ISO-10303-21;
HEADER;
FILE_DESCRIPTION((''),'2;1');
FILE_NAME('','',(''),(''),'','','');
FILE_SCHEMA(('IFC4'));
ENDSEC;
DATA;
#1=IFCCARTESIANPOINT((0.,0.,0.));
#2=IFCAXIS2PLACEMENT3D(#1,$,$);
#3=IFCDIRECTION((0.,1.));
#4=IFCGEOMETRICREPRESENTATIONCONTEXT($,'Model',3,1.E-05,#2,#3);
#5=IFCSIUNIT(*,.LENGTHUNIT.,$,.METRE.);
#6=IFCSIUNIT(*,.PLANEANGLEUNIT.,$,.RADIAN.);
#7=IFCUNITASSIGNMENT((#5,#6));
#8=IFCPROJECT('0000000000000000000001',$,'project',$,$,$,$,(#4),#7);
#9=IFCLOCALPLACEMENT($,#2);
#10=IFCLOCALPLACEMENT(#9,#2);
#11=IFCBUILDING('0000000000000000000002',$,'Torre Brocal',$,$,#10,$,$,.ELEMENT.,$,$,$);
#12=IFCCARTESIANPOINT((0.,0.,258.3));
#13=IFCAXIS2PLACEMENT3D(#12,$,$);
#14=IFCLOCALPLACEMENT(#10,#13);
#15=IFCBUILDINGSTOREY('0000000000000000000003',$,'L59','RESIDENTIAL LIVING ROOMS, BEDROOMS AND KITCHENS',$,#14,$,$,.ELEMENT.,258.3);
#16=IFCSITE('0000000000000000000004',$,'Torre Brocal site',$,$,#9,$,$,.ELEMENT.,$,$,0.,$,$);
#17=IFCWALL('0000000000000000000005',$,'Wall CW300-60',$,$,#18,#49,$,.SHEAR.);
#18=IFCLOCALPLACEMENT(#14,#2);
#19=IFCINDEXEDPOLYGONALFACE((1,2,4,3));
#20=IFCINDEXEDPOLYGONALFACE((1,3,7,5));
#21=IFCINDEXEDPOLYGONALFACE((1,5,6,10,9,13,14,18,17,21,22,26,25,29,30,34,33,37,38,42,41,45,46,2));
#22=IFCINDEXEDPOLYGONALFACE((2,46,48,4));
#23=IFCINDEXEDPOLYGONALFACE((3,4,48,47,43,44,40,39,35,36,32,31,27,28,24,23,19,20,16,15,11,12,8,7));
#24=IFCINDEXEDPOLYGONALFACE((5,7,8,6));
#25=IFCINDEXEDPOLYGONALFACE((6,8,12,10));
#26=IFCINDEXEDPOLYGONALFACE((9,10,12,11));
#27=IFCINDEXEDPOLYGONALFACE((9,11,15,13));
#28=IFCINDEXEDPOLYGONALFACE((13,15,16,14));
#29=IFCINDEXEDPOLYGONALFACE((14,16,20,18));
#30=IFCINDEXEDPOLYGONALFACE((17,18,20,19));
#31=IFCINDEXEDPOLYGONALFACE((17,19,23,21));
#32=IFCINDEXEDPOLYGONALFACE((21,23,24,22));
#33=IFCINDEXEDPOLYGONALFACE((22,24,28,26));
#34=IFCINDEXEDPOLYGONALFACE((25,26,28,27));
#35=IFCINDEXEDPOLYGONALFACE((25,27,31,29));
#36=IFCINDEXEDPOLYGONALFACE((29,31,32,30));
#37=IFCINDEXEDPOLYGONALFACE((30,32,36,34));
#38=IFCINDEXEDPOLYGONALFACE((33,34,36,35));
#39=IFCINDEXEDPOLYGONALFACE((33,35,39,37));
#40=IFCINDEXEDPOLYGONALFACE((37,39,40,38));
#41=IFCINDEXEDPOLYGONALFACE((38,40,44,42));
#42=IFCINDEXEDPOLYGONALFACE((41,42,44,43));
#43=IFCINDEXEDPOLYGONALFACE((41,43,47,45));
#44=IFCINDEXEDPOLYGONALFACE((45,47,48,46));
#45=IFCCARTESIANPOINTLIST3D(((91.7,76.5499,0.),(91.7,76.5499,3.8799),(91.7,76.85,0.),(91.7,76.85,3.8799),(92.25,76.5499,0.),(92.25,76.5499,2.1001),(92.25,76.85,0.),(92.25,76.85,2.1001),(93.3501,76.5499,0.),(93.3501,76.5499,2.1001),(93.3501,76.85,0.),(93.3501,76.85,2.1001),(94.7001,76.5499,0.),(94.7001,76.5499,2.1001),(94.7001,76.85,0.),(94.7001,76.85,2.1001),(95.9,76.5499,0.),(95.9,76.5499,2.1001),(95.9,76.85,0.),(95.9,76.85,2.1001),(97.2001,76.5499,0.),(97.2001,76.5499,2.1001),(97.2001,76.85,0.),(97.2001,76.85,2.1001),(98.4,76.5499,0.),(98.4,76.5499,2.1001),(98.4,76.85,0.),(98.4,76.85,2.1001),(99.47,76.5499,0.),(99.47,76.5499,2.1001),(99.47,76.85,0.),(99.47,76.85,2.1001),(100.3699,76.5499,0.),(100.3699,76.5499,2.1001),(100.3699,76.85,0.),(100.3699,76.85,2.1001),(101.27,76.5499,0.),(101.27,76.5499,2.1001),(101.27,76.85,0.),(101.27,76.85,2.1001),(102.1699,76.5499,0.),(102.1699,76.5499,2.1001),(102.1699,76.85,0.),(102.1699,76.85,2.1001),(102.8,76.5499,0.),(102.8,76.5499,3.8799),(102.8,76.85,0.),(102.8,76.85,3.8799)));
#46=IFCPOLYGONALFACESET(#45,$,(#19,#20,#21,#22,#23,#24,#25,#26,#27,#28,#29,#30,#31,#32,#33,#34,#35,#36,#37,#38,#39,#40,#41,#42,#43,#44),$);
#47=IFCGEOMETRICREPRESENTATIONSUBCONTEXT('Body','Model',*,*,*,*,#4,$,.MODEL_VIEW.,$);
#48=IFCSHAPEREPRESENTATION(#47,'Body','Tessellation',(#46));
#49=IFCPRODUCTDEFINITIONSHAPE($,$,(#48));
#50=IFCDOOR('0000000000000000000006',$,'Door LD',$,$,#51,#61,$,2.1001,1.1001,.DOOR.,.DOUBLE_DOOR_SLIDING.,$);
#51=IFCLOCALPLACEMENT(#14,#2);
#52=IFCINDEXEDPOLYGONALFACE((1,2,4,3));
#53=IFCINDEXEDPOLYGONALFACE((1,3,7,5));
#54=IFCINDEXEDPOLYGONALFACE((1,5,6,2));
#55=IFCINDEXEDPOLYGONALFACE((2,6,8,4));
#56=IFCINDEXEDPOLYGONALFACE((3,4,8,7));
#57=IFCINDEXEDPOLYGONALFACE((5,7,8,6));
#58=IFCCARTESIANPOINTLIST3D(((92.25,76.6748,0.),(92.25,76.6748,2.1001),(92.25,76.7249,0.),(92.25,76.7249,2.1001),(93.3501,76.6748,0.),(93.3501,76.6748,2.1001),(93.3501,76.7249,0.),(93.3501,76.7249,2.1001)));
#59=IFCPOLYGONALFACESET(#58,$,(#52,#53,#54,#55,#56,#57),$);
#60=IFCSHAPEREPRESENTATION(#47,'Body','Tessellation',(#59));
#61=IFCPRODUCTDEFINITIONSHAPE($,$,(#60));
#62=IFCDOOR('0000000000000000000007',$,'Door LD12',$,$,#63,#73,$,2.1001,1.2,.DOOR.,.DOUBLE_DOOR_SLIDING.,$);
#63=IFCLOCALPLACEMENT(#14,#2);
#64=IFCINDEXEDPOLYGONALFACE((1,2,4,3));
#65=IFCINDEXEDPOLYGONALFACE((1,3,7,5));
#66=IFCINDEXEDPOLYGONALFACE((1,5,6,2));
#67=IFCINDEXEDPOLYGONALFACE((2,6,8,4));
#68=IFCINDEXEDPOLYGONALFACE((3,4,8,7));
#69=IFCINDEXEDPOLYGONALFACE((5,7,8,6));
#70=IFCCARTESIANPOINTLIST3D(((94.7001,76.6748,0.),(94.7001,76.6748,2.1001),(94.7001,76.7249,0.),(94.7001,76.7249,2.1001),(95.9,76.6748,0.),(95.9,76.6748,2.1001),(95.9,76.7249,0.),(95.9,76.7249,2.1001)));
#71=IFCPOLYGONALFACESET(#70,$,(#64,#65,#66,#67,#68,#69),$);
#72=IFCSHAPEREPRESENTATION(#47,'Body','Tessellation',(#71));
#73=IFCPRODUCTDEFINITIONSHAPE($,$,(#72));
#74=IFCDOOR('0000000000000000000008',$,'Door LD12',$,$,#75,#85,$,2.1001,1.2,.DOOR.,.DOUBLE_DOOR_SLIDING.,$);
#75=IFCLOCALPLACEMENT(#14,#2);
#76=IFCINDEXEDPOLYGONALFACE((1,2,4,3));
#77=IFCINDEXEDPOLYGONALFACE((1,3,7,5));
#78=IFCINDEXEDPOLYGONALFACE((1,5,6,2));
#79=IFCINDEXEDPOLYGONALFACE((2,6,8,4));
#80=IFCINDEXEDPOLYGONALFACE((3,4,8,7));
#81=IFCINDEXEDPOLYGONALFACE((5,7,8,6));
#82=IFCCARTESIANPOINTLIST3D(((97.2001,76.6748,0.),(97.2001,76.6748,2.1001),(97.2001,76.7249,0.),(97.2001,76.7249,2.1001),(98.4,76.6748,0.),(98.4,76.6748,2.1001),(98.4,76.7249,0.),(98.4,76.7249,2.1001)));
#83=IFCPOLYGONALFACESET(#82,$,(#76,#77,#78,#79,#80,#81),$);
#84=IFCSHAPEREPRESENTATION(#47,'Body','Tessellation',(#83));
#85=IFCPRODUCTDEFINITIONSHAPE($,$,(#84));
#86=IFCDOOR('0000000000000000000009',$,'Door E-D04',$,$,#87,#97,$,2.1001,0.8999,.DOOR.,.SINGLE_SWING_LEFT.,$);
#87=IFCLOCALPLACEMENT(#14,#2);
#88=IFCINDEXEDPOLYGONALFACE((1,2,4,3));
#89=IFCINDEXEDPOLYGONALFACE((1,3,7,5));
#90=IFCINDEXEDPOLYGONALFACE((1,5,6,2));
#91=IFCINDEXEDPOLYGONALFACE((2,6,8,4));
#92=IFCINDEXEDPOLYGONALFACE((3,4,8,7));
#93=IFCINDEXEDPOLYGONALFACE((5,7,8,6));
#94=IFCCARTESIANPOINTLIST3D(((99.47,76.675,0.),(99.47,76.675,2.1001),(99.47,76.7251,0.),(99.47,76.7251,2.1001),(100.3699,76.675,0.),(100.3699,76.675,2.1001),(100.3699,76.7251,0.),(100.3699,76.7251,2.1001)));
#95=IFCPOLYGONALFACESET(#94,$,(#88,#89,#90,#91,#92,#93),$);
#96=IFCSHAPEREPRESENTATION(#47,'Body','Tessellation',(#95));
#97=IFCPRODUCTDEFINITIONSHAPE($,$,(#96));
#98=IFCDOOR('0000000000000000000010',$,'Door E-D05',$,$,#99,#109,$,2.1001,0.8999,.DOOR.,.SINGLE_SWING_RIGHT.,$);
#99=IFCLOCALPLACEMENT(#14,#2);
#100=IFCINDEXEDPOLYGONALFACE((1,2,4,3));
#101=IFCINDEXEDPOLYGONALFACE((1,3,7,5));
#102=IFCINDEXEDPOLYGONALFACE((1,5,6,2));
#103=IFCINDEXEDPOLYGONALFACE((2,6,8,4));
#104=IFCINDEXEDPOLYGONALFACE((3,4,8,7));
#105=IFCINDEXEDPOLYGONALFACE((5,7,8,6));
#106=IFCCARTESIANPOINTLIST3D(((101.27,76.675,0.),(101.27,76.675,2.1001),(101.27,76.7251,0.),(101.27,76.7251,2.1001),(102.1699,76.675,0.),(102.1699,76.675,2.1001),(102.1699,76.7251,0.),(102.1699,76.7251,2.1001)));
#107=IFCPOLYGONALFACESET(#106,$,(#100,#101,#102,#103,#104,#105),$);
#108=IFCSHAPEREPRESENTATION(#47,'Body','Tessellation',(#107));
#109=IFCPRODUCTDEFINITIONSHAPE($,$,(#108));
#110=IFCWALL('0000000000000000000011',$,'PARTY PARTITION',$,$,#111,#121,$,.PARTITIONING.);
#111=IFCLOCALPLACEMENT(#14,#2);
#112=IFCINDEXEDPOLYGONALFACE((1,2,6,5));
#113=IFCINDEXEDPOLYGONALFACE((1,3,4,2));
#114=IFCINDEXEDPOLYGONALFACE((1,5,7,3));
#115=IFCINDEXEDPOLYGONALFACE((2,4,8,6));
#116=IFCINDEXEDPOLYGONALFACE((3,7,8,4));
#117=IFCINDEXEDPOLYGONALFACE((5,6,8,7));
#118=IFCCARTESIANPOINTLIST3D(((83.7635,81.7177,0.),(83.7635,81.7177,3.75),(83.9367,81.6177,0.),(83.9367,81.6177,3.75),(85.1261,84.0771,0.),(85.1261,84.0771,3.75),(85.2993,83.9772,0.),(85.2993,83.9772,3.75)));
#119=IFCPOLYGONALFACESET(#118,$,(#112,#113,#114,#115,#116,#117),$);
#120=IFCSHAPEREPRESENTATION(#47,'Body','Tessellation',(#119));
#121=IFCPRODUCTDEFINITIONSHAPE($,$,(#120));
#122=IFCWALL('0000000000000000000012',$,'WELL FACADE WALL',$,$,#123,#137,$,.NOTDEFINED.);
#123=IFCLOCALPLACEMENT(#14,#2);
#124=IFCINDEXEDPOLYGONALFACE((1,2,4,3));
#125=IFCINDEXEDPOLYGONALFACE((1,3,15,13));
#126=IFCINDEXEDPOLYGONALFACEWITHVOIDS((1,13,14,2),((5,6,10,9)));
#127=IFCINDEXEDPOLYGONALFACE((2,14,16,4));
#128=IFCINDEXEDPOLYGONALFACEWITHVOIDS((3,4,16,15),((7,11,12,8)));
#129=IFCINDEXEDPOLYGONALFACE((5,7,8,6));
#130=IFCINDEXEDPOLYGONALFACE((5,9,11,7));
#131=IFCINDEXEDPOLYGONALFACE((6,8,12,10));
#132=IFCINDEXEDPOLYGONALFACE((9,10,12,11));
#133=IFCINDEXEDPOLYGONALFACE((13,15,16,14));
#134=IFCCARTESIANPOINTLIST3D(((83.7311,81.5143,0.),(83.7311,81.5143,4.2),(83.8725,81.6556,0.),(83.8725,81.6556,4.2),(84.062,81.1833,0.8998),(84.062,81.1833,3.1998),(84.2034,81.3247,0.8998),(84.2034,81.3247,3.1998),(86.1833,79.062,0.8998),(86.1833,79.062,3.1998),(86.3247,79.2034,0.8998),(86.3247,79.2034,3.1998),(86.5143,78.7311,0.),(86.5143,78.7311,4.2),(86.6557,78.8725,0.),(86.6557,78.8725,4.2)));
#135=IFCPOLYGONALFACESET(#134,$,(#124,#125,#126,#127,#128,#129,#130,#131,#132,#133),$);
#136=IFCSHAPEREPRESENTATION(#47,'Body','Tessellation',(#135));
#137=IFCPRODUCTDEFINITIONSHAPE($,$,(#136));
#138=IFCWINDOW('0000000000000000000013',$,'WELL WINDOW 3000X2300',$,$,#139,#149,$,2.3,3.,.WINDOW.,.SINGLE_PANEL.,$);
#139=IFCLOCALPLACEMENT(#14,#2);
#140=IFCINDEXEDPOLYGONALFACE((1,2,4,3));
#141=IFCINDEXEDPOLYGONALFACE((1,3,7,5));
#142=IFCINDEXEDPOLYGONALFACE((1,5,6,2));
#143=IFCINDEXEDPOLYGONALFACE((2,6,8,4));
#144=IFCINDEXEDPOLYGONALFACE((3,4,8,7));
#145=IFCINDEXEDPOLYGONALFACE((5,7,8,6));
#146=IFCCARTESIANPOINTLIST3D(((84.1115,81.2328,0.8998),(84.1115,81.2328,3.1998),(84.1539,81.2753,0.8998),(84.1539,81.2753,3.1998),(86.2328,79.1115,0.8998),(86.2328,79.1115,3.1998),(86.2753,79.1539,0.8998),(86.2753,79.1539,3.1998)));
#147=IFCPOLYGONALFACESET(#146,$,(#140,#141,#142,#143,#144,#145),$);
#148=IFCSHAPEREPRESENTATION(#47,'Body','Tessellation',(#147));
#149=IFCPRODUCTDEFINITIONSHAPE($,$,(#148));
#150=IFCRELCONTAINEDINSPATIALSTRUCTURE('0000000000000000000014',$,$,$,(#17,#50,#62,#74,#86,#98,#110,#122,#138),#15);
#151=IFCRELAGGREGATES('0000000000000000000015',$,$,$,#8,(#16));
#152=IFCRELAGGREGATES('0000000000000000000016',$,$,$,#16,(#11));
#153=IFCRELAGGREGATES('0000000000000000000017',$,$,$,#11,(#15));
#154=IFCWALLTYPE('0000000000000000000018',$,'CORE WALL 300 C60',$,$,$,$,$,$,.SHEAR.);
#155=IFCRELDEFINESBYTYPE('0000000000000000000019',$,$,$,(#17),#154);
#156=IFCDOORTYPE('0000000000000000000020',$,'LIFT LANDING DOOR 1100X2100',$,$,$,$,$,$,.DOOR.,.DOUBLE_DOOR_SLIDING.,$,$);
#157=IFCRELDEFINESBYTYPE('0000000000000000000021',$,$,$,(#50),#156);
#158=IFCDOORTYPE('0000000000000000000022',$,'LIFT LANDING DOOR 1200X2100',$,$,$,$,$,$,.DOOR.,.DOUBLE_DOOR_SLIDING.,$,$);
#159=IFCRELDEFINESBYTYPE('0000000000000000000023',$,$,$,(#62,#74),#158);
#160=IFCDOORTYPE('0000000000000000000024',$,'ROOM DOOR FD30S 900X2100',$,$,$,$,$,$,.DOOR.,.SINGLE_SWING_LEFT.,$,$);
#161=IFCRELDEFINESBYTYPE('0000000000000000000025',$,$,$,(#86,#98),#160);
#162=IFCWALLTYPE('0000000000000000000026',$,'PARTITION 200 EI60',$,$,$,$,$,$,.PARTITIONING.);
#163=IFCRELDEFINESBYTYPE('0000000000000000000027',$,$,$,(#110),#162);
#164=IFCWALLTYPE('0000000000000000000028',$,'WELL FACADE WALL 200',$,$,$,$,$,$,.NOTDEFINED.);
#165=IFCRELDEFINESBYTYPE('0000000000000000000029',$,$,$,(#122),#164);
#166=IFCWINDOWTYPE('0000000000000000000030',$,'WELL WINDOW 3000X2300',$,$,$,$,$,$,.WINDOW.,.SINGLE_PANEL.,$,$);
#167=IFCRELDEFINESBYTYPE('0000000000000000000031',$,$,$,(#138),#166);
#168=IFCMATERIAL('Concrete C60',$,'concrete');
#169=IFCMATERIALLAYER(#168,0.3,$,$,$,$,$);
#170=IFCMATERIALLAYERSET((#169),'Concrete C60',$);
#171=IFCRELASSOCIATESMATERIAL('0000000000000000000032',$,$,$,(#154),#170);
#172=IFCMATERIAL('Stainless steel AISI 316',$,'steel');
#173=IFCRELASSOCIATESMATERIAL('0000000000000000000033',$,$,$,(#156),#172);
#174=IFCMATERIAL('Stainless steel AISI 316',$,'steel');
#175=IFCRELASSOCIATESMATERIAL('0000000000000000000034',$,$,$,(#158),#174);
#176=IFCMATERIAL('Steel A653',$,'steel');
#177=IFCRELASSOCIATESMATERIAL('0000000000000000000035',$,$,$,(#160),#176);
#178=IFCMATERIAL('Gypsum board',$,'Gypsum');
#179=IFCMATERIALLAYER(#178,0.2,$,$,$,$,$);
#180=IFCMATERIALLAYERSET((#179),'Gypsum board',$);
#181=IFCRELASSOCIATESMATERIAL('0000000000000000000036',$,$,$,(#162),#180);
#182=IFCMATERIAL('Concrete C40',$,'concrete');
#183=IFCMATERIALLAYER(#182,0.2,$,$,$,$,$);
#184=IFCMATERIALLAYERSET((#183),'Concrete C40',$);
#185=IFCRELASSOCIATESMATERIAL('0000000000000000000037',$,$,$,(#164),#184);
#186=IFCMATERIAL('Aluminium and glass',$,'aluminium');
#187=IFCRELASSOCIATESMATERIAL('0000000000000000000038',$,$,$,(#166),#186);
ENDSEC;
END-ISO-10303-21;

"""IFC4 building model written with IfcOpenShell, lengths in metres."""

from ifc_helpers import new_model, si_unit, direction, frame, frame_2d, origin, place, context, subcontext, project, spatial, rectangle, extrude, material, layer, layer_set, type_object, element, fill, save


model = new_model("IFC4")

# Units and contexts
model_context = context("Model", 3, precision=1e-05, world=origin(), true_north=direction((0.0, 1.0)))
body_context = subcontext(model_context, "Body", "Model", "MODEL_VIEW")
ifc_project = project(units=[si_unit("LENGTHUNIT", "METRE"), si_unit("PLANEANGLEUNIT", "RADIAN")], contexts=[model_context])

# Site, building, storey
site_placement = place(None, origin())
site = spatial("IfcSite", under=ifc_project, at=site_placement, Name="Torre Brocal site", CompositionType="ELEMENT", RefElevation=0.0)
building_placement = place(site_placement, origin())
building = spatial("IfcBuilding", under=site, at=building_placement, Name="Torre Brocal", CompositionType="ELEMENT")
storey_placement = place(building_placement, frame((0.0, 0.0, 258.3)))
storey = spatial("IfcBuildingStorey", under=building, at=storey_placement, Name="L59", Description="RESIDENTIAL LIVING ROOMS, BEDROOMS AND KITCHENS", CompositionType="ELEMENT", Elevation=258.3)

# Shared definitions
ifc_material_1 = material(Name="Concrete C60", Category="concrete")
ifc_layer_1 = layer(ifc_material_1, 0.3)
ifc_layer_set_1 = layer_set([ifc_layer_1], Name="Concrete C60")
wall_type_1 = type_object("IfcWallType", Name="CORE WALL 300 C60", PredefinedType="SHEAR", material=ifc_layer_set_1)

# Wall, openings, doors
wall_1_placement = place(storey_placement, frame((91.7, 76.7, 0.0), z_axis=(0.0, 0.0, 1.0), x_axis=(1.0, 0.0, 0.0)))
wall_1 = element("IfcWall", 1, at=wall_1_placement, inside=storey, type_object=wall_type_1, Name="Wall CW300-60", PredefinedType="SHEAR", context=body_context, shape_type="SweptSolid", body=[
    extrude(rectangle(XDim=11.1001, YDim=0.3, at=frame_2d((5.55, 0.0))), origin(), (0.0, 0.0, 1.0), 3.8799),
])
opening_1_placement = place(wall_1_placement, frame((0.55, 0.0, 0.0)))
opening_1 = element("IfcOpeningElement", 2, at=opening_1_placement, cuts=wall_1, PredefinedType="OPENING", context=body_context, shape_type="SweptSolid", body=[
    extrude(rectangle(XDim=1.1001, YDim=2.1001, at=frame_2d((0.55, 1.05))), frame((0.0, 0.1599, 0.0), z_axis=(0.0, -1.0, 0.0), x_axis=(1.0, 0.0, 0.0)), (0.0, 0.0, 1.0), 0.3201),
])
opening_2_placement = place(wall_1_placement, frame((3.0, 0.0, 0.0)))
opening_2 = element("IfcOpeningElement", 3, at=opening_2_placement, cuts=wall_1, PredefinedType="OPENING", context=body_context, shape_type="SweptSolid", body=[
    extrude(rectangle(XDim=1.2, YDim=2.1001, at=frame_2d((0.6001, 1.05))), frame((0.0, 0.1599, 0.0), z_axis=(0.0, -1.0, 0.0), x_axis=(1.0, 0.0, 0.0)), (0.0, 0.0, 1.0), 0.3201),
])
opening_3_placement = place(wall_1_placement, frame((5.5, 0.0, 0.0)))
opening_3 = element("IfcOpeningElement", 4, at=opening_3_placement, cuts=wall_1, PredefinedType="OPENING", context=body_context, shape_type="SweptSolid", body=[
    extrude(rectangle(XDim=1.2, YDim=2.1001, at=frame_2d((0.6001, 1.05))), frame((0.0, 0.1599, 0.0), z_axis=(0.0, -1.0, 0.0), x_axis=(1.0, 0.0, 0.0)), (0.0, 0.0, 1.0), 0.3201),
])
opening_4_placement = place(wall_1_placement, frame((7.77, 0.0, 0.0)))
opening_4 = element("IfcOpeningElement", 5, at=opening_4_placement, cuts=wall_1, PredefinedType="OPENING", context=body_context, shape_type="SweptSolid", body=[
    extrude(rectangle(XDim=0.8999, YDim=2.1001, at=frame_2d((0.45, 1.05))), frame((0.0, 0.1599, 0.0), z_axis=(0.0, -1.0, 0.0), x_axis=(1.0, 0.0, 0.0)), (0.0, 0.0, 1.0), 0.3201),
])
opening_5_placement = place(wall_1_placement, frame((9.5701, 0.0, 0.0)))
opening_5 = element("IfcOpeningElement", 6, at=opening_5_placement, cuts=wall_1, PredefinedType="OPENING", context=body_context, shape_type="SweptSolid", body=[
    extrude(rectangle(XDim=0.8999, YDim=2.1001, at=frame_2d((0.45, 1.05))), frame((0.0, 0.1599, 0.0), z_axis=(0.0, -1.0, 0.0), x_axis=(1.0, 0.0, 0.0)), (0.0, 0.0, 1.0), 0.3201),
])
ifc_material_2 = material(Name="Stainless steel AISI 316", Category="steel")
door_type_1 = type_object("IfcDoorType", Name="LIFT LANDING DOOR 1100X2100", OperationType="DOUBLE_DOOR_SLIDING", PredefinedType="DOOR", material=ifc_material_2)
door_1_placement = place(opening_1_placement, origin())
door_1 = element("IfcDoor", 7, at=door_1_placement, inside=storey, type_object=door_type_1, Name="Door LD", OperationType="DOUBLE_DOOR_SLIDING", OverallHeight=2.1001, OverallWidth=1.1001, PredefinedType="DOOR", context=body_context, shape_type="SweptSolid", body=[
    extrude(rectangle(XDim=1.1001, YDim=2.1001, at=frame_2d((0.55, 1.05))), frame((0.0, 0.0249, 0.0), z_axis=(0.0, -1.0, 0.0), x_axis=(1.0, 0.0, 0.0)), (0.0, 0.0, 1.0), 0.05),
])
fill(opening_1, door_1)
ifc_material_3 = material(Name="Stainless steel AISI 316", Category="steel")
door_type_2 = type_object("IfcDoorType", Name="LIFT LANDING DOOR 1200X2100", OperationType="DOUBLE_DOOR_SLIDING", PredefinedType="DOOR", material=ifc_material_3)
door_2_placement = place(opening_2_placement, origin())
door_2 = element("IfcDoor", 8, at=door_2_placement, inside=storey, type_object=door_type_2, Name="Door LD12", OperationType="DOUBLE_DOOR_SLIDING", OverallHeight=2.1001, OverallWidth=1.2, PredefinedType="DOOR", context=body_context, shape_type="SweptSolid", body=[
    extrude(rectangle(XDim=1.2, YDim=2.1001, at=frame_2d((0.6001, 1.05))), frame((0.0, 0.0249, 0.0), z_axis=(0.0, -1.0, 0.0), x_axis=(1.0, 0.0, 0.0)), (0.0, 0.0, 1.0), 0.05),
])
fill(opening_2, door_2)
door_3_placement = place(opening_3_placement, origin())
door_3 = element("IfcDoor", 9, at=door_3_placement, inside=storey, type_object=door_type_2, Name="Door LD12", OperationType="DOUBLE_DOOR_SLIDING", OverallHeight=2.1001, OverallWidth=1.2, PredefinedType="DOOR", context=body_context, shape_type="SweptSolid", body=[
    extrude(rectangle(XDim=1.2, YDim=2.1001, at=frame_2d((0.6001, 1.05))), frame((0.0, 0.0249, 0.0), z_axis=(0.0, -1.0, 0.0), x_axis=(1.0, 0.0, 0.0)), (0.0, 0.0, 1.0), 0.05),
])
fill(opening_3, door_3)
ifc_material_4 = material(Name="Steel A653", Category="steel")
door_type_3 = type_object("IfcDoorType", Name="ROOM DOOR FD30S 900X2100", OperationType="SINGLE_SWING_LEFT", PredefinedType="DOOR", material=ifc_material_4)
door_4_placement = place(opening_4_placement, frame((0.8999, 0.0, 0.0), z_axis=(0.0, 0.0, 1.0), x_axis=(-1.0, 0.0, 0.0)))
door_4 = element("IfcDoor", 10, at=door_4_placement, inside=storey, type_object=door_type_3, Name="Door E-D04", OperationType="SINGLE_SWING_LEFT", OverallHeight=2.1001, OverallWidth=0.8999, PredefinedType="DOOR", context=body_context, shape_type="SweptSolid", body=[
    extrude(rectangle(XDim=0.8999, YDim=2.1001, at=frame_2d((0.45, 1.05))), frame((0.0, 0.0249, 0.0), z_axis=(0.0, -1.0, 0.0), x_axis=(1.0, 0.0, 0.0)), (0.0, 0.0, 1.0), 0.05),
])
fill(opening_4, door_4)
door_5_placement = place(opening_5_placement, frame((0.8999, 0.0, 0.0), z_axis=(0.0, 0.0, 1.0), x_axis=(-1.0, 0.0, 0.0)))
door_5 = element("IfcDoor", 11, at=door_5_placement, inside=storey, type_object=door_type_3, Name="Door E-D05", OperationType="SINGLE_SWING_RIGHT", OverallHeight=2.1001, OverallWidth=0.8999, PredefinedType="DOOR", context=body_context, shape_type="SweptSolid", body=[
    extrude(rectangle(XDim=0.8999, YDim=2.1001, at=frame_2d((0.45, 1.05))), frame((0.0, 0.0249, 0.0), z_axis=(0.0, -1.0, 0.0), x_axis=(1.0, 0.0, 0.0)), (0.0, 0.0, 1.0), 0.05),
])
fill(opening_5, door_5)

# Wall
ifc_material_5 = material(Name="Gypsum board", Category="Gypsum")
ifc_layer_2 = layer(ifc_material_5, 0.2)
ifc_layer_set_2 = layer_set([ifc_layer_2], Name="Gypsum board")
wall_type_2 = type_object("IfcWallType", Name="PARTITION 200 EI60", PredefinedType="PARTITIONING", material=ifc_layer_set_2)
wall_2_placement = place(storey_placement, frame((83.8501, 81.6677, 0.0), z_axis=(0.0, 0.0, 1.0), x_axis=(0.5001, 0.865968, 0.0)))
element("IfcWall", 12, at=wall_2_placement, inside=storey, type_object=wall_type_2, Name="PARTY PARTITION", PredefinedType="PARTITIONING", context=body_context, shape_type="SweptSolid", body=[
    extrude(rectangle(XDim=2.7246, YDim=0.2, at=frame_2d((1.3623, 0.0))), origin(), (0.0, 0.0, 1.0), 3.75),
])

# Wall, opening, window
ifc_material_6 = material(Name="Concrete C40", Category="concrete")
ifc_layer_3 = layer(ifc_material_6, 0.2)
ifc_layer_set_3 = layer_set([ifc_layer_3], Name="Concrete C40")
wall_type_3 = type_object("IfcWallType", Name="WELL FACADE WALL 200", PredefinedType="NOTDEFINED", material=ifc_layer_set_3)
wall_3_placement = place(storey_placement, frame((86.585, 78.8018, 0.0), z_axis=(0.0, 0.0, 1.0), x_axis=(-0.707107, 0.707107, 0.0)))
wall_3 = element("IfcWall", 13, at=wall_3_placement, inside=storey, type_object=wall_type_3, Name="WELL FACADE WALL", PredefinedType="NOTDEFINED", context=body_context, shape_type="SweptSolid", body=[
    extrude(rectangle(XDim=3.936, YDim=0.2, at=frame_2d((1.968, 0.0))), origin(), (0.0, 0.0, 1.0), 4.2),
])
opening_6_placement = place(wall_3_placement, frame((0.468, 0.0, 0.8999)))
opening_6 = element("IfcOpeningElement", 14, at=opening_6_placement, cuts=wall_3, PredefinedType="OPENING", context=body_context, shape_type="SweptSolid", body=[
    extrude(rectangle(XDim=3.0, YDim=2.3, at=frame_2d((1.5, 1.1499))), frame((0.0, 0.1099, 0.0), z_axis=(0.0, -1.0, 0.0), x_axis=(1.0, 0.0, 0.0)), (0.0, 0.0, 1.0), 0.22),
])
ifc_material_7 = material(Name="Aluminium and glass", Category="aluminium")
window_type = type_object("IfcWindowType", Name="WELL WINDOW 3000X2300", PartitioningType="SINGLE_PANEL", PredefinedType="WINDOW", material=ifc_material_7)
window_1_placement = place(opening_6_placement, origin())
window_1 = element("IfcWindow", 15, at=window_1_placement, inside=storey, type_object=window_type, Name="WELL WINDOW 3000X2300", OverallHeight=2.3, OverallWidth=3.0, PartitioningType="SINGLE_PANEL", PredefinedType="WINDOW", context=body_context, shape_type="SweptSolid", body=[
    extrude(rectangle(XDim=3.0, YDim=2.3, at=frame_2d((1.5, 1.1499))), frame((0.0, 0.03, 0.0), z_axis=(0.0, -1.0, 0.0), x_axis=(1.0, 0.0, 0.0)), (0.0, 0.0, 1.0), 0.0601),
])
fill(opening_6, window_1)

save(model, "model.ifc")
